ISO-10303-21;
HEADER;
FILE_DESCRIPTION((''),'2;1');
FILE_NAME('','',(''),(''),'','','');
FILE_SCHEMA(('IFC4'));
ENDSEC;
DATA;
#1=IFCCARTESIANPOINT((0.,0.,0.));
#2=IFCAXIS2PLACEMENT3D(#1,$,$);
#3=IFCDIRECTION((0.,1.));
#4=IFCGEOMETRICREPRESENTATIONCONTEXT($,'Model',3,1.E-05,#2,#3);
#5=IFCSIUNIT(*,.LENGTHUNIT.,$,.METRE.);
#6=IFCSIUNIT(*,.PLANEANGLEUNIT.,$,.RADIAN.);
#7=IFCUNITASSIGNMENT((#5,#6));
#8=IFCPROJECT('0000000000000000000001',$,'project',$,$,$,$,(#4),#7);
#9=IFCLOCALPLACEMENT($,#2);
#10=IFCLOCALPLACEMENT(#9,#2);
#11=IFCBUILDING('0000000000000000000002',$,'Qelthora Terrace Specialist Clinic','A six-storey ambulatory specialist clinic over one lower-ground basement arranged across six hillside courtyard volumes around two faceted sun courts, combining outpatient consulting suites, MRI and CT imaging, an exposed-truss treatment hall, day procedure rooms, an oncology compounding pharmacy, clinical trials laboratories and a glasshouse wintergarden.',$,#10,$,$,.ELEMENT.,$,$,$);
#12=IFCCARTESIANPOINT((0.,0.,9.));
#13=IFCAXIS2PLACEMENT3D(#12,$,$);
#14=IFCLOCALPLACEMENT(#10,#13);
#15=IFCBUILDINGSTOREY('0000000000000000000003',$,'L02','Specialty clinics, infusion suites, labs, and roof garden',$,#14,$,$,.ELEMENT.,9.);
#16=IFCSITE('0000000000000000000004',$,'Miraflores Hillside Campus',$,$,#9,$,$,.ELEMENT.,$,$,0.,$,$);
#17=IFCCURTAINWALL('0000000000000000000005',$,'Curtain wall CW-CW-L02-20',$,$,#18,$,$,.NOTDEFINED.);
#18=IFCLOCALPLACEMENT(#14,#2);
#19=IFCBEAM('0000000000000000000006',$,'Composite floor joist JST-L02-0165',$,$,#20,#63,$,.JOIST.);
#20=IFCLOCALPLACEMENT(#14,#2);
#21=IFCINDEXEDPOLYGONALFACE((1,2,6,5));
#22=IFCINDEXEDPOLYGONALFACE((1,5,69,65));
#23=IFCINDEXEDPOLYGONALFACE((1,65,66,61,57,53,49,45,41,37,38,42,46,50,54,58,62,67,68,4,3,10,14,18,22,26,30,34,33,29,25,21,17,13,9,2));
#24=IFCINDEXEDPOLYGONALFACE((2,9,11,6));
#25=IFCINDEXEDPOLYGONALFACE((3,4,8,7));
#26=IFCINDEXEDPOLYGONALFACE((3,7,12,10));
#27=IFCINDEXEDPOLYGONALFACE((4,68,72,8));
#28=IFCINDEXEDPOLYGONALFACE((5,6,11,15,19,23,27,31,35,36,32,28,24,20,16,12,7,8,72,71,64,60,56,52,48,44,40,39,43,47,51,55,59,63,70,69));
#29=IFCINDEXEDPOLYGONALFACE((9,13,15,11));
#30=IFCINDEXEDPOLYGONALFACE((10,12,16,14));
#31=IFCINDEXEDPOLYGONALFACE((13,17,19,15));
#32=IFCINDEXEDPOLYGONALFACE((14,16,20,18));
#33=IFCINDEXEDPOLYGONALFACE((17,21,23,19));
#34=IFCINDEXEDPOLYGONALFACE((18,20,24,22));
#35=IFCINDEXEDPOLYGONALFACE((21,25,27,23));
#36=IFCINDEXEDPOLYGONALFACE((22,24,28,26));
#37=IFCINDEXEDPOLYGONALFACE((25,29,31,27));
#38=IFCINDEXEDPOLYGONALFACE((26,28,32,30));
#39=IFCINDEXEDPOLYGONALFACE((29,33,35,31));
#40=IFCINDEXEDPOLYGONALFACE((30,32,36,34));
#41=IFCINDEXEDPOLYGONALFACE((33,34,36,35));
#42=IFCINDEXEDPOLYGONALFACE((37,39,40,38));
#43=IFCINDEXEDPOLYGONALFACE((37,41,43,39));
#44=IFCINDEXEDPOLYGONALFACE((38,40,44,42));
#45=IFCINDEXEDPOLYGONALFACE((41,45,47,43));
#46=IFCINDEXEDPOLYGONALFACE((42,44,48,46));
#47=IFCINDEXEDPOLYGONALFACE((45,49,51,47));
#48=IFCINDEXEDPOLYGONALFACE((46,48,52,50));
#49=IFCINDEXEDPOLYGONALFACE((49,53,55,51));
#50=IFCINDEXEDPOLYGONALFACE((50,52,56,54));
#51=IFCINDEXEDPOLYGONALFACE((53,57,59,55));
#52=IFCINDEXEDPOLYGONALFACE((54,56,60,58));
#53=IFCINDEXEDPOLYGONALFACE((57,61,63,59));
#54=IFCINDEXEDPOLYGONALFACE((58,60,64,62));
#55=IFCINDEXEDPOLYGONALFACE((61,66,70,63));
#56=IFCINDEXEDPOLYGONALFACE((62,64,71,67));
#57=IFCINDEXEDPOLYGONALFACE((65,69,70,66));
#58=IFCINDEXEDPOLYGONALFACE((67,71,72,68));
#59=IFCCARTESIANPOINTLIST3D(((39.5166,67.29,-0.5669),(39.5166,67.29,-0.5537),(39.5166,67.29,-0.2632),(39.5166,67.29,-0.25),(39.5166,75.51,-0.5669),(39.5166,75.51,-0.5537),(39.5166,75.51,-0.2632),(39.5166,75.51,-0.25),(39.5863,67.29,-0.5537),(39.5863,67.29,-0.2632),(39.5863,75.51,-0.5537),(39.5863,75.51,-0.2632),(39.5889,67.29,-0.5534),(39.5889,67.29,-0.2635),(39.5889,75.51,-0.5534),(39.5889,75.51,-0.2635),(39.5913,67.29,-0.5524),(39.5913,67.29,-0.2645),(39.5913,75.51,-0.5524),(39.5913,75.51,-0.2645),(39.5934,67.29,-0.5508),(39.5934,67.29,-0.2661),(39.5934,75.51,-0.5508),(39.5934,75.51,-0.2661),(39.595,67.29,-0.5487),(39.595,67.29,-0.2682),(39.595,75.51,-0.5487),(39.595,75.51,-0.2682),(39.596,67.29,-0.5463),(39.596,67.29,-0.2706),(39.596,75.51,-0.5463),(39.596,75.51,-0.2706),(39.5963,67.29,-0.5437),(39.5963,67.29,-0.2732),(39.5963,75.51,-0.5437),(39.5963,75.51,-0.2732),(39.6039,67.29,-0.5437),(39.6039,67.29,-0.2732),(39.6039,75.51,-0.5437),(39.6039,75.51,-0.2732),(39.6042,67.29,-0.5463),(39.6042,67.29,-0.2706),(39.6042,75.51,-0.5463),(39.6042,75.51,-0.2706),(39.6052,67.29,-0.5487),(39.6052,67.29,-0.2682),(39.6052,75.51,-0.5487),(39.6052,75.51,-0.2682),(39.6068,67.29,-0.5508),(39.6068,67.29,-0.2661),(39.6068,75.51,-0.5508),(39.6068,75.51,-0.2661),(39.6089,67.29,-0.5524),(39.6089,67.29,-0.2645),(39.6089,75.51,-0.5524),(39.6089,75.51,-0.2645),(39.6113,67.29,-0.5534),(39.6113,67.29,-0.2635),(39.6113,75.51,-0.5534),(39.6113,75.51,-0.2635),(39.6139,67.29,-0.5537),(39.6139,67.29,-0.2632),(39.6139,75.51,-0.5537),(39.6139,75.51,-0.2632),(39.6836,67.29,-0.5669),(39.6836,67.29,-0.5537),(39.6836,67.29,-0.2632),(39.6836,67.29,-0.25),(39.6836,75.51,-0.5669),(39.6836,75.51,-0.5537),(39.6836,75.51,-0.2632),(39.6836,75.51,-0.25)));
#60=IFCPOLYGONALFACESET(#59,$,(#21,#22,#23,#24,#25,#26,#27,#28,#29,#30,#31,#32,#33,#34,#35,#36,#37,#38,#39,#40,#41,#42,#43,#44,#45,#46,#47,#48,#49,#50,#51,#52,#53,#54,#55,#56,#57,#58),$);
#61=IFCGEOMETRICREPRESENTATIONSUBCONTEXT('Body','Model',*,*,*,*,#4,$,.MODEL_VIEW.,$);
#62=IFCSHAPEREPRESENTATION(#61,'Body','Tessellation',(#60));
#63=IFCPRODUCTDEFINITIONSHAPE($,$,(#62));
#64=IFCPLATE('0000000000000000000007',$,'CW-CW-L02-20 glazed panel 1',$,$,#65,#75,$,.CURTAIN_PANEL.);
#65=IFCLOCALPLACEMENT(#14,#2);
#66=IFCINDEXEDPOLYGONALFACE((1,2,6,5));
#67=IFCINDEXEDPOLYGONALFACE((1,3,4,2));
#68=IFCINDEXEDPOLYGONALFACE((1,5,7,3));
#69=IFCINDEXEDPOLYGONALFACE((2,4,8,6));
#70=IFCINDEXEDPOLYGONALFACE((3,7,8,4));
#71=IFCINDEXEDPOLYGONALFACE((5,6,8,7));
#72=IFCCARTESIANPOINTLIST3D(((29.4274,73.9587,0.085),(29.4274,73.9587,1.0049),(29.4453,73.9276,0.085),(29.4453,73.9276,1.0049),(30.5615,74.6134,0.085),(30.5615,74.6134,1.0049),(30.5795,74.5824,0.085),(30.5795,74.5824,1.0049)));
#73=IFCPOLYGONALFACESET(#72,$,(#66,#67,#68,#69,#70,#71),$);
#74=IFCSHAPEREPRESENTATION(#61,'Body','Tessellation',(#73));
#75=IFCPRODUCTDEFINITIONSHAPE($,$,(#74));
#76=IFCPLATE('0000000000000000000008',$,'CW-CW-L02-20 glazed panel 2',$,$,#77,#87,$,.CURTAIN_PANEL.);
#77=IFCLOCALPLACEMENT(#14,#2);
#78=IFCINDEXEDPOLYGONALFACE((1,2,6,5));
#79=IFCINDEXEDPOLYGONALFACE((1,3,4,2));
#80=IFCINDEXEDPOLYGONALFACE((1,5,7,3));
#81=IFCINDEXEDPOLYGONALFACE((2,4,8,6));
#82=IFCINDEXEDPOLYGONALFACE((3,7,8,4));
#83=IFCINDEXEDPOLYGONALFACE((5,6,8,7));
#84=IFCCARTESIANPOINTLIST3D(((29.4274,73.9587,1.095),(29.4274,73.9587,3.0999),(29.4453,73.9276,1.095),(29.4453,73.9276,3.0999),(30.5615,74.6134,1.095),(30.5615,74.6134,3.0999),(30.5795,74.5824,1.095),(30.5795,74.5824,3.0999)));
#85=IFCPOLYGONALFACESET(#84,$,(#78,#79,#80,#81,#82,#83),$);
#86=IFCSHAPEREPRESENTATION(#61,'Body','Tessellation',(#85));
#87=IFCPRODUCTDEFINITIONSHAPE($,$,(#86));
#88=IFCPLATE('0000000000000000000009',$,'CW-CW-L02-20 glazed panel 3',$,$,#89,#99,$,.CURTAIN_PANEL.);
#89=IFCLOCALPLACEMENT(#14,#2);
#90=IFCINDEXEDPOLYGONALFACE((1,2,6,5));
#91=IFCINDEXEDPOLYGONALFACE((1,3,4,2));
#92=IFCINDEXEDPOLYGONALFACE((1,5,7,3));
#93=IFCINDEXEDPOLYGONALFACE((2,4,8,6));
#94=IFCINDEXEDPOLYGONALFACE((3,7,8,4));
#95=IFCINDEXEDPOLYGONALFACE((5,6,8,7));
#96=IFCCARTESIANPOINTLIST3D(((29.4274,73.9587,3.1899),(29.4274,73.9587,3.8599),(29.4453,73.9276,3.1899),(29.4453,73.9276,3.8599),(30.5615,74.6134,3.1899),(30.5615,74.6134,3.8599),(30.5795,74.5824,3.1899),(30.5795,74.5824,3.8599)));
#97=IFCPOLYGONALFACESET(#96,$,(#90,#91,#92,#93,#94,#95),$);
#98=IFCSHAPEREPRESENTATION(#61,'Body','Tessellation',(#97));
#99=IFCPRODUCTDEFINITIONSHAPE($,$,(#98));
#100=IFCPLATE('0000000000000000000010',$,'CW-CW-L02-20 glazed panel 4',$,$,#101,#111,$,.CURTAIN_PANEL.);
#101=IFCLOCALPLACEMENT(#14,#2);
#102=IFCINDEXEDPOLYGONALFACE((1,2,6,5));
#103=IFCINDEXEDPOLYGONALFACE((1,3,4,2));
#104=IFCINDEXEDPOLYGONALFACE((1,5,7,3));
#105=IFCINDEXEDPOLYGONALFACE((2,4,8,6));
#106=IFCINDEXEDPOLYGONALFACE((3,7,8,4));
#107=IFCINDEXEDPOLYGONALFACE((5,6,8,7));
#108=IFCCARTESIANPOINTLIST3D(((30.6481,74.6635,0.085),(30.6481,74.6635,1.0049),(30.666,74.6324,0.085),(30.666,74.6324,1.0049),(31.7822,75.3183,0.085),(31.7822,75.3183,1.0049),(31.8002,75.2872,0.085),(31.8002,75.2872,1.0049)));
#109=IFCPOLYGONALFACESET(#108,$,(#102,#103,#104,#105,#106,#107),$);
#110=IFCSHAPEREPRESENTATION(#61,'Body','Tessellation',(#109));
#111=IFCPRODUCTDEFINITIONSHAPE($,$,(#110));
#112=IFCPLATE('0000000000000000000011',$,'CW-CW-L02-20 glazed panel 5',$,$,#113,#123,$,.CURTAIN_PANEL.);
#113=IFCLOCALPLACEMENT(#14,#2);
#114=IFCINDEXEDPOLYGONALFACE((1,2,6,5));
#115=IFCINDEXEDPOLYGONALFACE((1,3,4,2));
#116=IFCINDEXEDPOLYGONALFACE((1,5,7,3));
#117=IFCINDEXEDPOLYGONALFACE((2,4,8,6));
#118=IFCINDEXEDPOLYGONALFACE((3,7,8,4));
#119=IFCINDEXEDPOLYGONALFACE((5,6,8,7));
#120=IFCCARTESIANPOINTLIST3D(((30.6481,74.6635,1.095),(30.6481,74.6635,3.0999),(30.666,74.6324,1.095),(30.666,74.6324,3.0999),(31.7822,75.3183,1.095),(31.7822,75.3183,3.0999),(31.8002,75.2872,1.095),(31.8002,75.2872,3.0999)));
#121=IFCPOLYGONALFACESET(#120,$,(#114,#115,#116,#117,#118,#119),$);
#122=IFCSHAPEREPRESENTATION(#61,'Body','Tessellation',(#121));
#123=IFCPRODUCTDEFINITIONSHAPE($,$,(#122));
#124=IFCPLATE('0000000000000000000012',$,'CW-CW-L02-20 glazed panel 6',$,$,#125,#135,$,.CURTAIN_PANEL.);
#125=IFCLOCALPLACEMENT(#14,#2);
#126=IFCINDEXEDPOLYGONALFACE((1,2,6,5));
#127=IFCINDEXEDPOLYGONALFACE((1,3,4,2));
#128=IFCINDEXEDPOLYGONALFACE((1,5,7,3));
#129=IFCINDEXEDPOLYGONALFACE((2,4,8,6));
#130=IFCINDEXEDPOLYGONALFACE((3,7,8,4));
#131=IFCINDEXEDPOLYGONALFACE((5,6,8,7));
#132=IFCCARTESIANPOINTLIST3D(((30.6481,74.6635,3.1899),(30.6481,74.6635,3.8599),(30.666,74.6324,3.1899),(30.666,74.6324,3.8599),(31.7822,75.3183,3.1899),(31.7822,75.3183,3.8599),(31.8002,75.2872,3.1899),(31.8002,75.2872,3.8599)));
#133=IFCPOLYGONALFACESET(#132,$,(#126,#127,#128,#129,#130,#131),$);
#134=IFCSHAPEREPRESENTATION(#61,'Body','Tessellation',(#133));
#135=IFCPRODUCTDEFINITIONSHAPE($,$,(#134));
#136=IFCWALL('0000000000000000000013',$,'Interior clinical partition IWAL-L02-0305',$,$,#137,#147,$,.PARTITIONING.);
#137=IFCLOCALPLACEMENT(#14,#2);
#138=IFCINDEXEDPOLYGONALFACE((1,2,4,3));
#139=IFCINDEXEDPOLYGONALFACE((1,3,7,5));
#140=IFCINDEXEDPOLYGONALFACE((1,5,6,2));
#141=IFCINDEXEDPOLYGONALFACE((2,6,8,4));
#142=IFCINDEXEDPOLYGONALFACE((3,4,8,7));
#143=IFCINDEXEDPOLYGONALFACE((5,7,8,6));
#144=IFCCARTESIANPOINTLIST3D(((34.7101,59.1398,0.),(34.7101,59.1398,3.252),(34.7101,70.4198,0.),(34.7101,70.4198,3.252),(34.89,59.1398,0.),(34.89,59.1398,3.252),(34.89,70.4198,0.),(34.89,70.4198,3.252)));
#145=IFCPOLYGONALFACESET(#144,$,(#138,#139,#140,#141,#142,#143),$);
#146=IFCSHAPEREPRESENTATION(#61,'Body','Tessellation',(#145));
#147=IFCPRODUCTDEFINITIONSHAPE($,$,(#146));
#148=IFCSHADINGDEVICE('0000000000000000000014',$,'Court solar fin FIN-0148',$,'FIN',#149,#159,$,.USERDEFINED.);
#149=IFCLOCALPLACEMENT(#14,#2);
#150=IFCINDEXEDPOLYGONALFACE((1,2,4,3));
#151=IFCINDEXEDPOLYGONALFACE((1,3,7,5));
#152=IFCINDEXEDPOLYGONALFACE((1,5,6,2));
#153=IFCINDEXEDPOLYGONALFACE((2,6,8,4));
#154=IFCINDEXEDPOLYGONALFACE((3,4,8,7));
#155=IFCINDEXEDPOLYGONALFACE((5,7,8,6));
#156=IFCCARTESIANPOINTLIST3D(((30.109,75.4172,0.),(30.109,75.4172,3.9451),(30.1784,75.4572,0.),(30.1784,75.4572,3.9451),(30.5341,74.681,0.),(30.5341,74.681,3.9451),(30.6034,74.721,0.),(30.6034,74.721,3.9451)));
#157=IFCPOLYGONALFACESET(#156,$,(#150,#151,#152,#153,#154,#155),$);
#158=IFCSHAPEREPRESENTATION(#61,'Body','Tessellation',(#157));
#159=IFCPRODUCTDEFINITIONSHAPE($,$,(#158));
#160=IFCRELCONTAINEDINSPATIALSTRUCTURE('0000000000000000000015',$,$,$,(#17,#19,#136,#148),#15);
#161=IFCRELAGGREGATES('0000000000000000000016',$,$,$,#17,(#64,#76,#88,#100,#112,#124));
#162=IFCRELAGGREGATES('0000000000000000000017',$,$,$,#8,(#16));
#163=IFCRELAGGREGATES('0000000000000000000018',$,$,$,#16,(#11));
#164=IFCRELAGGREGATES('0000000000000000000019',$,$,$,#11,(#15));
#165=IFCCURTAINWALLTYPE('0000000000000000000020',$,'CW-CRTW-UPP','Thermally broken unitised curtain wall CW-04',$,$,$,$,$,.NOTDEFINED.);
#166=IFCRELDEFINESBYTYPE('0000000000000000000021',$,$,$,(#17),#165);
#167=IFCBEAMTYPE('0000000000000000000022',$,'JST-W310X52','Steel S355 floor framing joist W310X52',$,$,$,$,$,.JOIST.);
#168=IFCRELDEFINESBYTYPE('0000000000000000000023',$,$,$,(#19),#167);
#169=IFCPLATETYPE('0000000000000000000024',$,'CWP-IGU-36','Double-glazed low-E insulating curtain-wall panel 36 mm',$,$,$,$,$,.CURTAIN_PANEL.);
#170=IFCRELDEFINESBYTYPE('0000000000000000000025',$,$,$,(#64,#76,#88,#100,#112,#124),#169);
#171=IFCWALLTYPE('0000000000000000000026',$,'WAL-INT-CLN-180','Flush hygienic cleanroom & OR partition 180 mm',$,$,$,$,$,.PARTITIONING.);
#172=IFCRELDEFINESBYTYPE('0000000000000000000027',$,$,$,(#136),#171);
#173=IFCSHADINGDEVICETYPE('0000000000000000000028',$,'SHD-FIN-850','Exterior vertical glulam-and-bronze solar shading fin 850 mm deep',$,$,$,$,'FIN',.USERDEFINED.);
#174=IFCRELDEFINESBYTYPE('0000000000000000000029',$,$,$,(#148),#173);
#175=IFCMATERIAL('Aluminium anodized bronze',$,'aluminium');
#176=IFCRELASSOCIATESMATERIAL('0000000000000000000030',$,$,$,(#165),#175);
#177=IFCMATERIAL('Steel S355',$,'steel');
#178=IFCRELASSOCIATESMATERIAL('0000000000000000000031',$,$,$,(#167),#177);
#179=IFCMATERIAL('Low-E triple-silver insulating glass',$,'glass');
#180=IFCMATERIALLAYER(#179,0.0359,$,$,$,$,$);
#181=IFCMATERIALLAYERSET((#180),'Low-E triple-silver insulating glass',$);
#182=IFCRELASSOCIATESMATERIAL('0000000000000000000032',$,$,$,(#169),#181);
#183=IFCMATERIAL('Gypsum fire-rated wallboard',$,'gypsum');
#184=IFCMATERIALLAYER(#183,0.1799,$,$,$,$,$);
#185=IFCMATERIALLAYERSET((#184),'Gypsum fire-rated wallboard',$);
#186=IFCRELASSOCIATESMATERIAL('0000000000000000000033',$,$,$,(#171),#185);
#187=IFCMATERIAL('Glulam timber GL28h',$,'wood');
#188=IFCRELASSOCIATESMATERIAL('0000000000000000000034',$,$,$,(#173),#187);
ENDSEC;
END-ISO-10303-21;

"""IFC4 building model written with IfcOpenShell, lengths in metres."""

from ifc_helpers import new_model, si_unit, direction, frame, frame_2d, origin, origin_2d, place, context, subcontext, project, spatial, rectangle, i_section, extrude, material, layer, layer_set, material_profile, profile_set, type_object, element, aggregate, save


model = new_model("IFC4")

# Units and contexts
model_context = context("Model", 3, precision=1e-05, world=origin(), true_north=direction((0.0, 1.0)))
body_context = subcontext(model_context, "Body", "Model", "MODEL_VIEW")
ifc_project = project(units=[si_unit("LENGTHUNIT", "METRE"), si_unit("PLANEANGLEUNIT", "RADIAN")], contexts=[model_context])

# Site, building, storey
site_placement = place(None, origin())
site = spatial("IfcSite", under=ifc_project, at=site_placement, Name="Miraflores Hillside Campus", CompositionType="ELEMENT", RefElevation=0.0)
building_placement = place(site_placement, origin())
building = spatial("IfcBuilding", under=site, at=building_placement, Name="Qelthora Terrace Specialist Clinic", Description="A six-storey ambulatory specialist clinic over one lower-ground basement arranged across six hillside courtyard volumes around two faceted sun courts, combining outpatient consulting suites, MRI and CT imaging, an exposed-truss treatment hall, day procedure rooms, an oncology compounding pharmacy, clinical trials laboratories and a glasshouse wintergarden.", CompositionType="ELEMENT")
storey_placement = place(building_placement, frame((0.0, 0.0, 9.0)))
storey = spatial("IfcBuildingStorey", under=building, at=storey_placement, Name="L02", Description="Specialty clinics, infusion suites, labs, and roof garden", CompositionType="ELEMENT", Elevation=9.0)

# Shared definitions
ifc_material_1 = material(Name="Aluminium anodized bronze", Category="aluminium")
curtain_wall_type = type_object("IfcCurtainWallType", Name="CW-CRTW-UPP", Description="Thermally broken unitised curtain wall CW-04", PredefinedType="NOTDEFINED", material=ifc_material_1)

# Curtain wall
curtain_wall_1_placement = place(storey_placement, origin())
curtain_wall_1 = element("IfcCurtainWall", 1, at=curtain_wall_1_placement, inside=storey, type_object=curtain_wall_type, Name="Curtain wall CW-CW-L02-20", PredefinedType="NOTDEFINED")

# Beam
ifc_material_2 = material(Name="Steel S355", Category="steel")
ifc_material_profile_1 = material_profile(ifc_material_2, i_section(OverallWidth=0.167, OverallDepth=0.3169, WebThickness=0.0076, FlangeThickness=0.0132, FilletRadius=0.01, at=origin_2d()), Name="W310X52")
ifc_profile_set_1 = profile_set([ifc_material_profile_1], Name="Steel S355")
beam_type = type_object("IfcBeamType", Name="JST-W310X52", Description="Steel S355 floor framing joist W310X52", PredefinedType="JOIST", material=ifc_profile_set_1)
beam_placement = place(storey_placement, frame((39.6001, 67.29, -0.4084), z_axis=(0.0, 1.0, 0.0), x_axis=(-1.0, 0.0, 0.0)))
element("IfcBeam", 2, at=beam_placement, inside=storey, type_object=beam_type, Name="Composite floor joist JST-L02-0165", PredefinedType="JOIST", context=body_context, shape_type="SweptSolid", body=[
    extrude(i_section(OverallWidth=0.167, OverallDepth=0.3169, WebThickness=0.0076, FlangeThickness=0.0132, FilletRadius=0.01, at=origin_2d()), origin(), (0.0, 0.0, 1.0), 8.22),
])

# Plates
ifc_material_3 = material(Name="Low-E triple-silver insulating glass", Category="glass")
ifc_layer_1 = layer(ifc_material_3, 0.0359)
ifc_layer_set_1 = layer_set([ifc_layer_1], Name="Low-E triple-silver insulating glass")
plate_type = type_object("IfcPlateType", Name="CWP-IGU-36", Description="Double-glazed low-E insulating curtain-wall panel 36 mm", PredefinedType="CURTAIN_PANEL", material=ifc_layer_set_1)
plate_1_placement = place(storey_placement, frame((30.0034, 74.2705, 0.085), z_axis=(0.0, 0.0, 1.0), x_axis=(0.866025, 0.5, 0.0)))
plate_1 = element("IfcPlate", 3, at=plate_1_placement, type_object=plate_type, Name="CW-CW-L02-20 glazed panel 1", PredefinedType="CURTAIN_PANEL", context=body_context, shape_type="SweptSolid", body=[
    extrude(rectangle(XDim=1.3096, YDim=0.0359, at=origin_2d()), origin(), (0.0, 0.0, 1.0), 0.9199),
])
plate_2_placement = place(storey_placement, frame((30.0034, 74.2705, 1.095), z_axis=(0.0, 0.0, 1.0), x_axis=(0.866025, 0.5, 0.0)))
plate_2 = element("IfcPlate", 4, at=plate_2_placement, type_object=plate_type, Name="CW-CW-L02-20 glazed panel 2", PredefinedType="CURTAIN_PANEL", context=body_context, shape_type="SweptSolid", body=[
    extrude(rectangle(XDim=1.3096, YDim=0.0359, at=origin_2d()), origin(), (0.0, 0.0, 1.0), 2.0049),
])
plate_3_placement = place(storey_placement, frame((30.0034, 74.2705, 3.1899), z_axis=(0.0, 0.0, 1.0), x_axis=(0.866025, 0.5, 0.0)))
plate_3 = element("IfcPlate", 5, at=plate_3_placement, type_object=plate_type, Name="CW-CW-L02-20 glazed panel 3", PredefinedType="CURTAIN_PANEL", context=body_context, shape_type="SweptSolid", body=[
    extrude(rectangle(XDim=1.3096, YDim=0.0359, at=origin_2d()), origin(), (0.0, 0.0, 1.0), 0.6699),
])
plate_4_placement = place(storey_placement, frame((31.2241, 74.9753, 0.085), z_axis=(0.0, 0.0, 1.0), x_axis=(0.866025, 0.5, 0.0)))
plate_4 = element("IfcPlate", 6, at=plate_4_placement, type_object=plate_type, Name="CW-CW-L02-20 glazed panel 4", PredefinedType="CURTAIN_PANEL", context=body_context, shape_type="SweptSolid", body=[
    extrude(rectangle(XDim=1.3096, YDim=0.0359, at=origin_2d()), origin(), (0.0, 0.0, 1.0), 0.9199),
])
plate_5_placement = place(storey_placement, frame((31.2241, 74.9753, 1.095), z_axis=(0.0, 0.0, 1.0), x_axis=(0.866025, 0.5, 0.0)))
plate_5 = element("IfcPlate", 7, at=plate_5_placement, type_object=plate_type, Name="CW-CW-L02-20 glazed panel 5", PredefinedType="CURTAIN_PANEL", context=body_context, shape_type="SweptSolid", body=[
    extrude(rectangle(XDim=1.3096, YDim=0.0359, at=origin_2d()), origin(), (0.0, 0.0, 1.0), 2.0049),
])
plate_6_placement = place(storey_placement, frame((31.2241, 74.9753, 3.1899), z_axis=(0.0, 0.0, 1.0), x_axis=(0.866025, 0.5, 0.0)))
plate_6 = element("IfcPlate", 8, at=plate_6_placement, type_object=plate_type, Name="CW-CW-L02-20 glazed panel 6", PredefinedType="CURTAIN_PANEL", context=body_context, shape_type="SweptSolid", body=[
    extrude(rectangle(XDim=1.3096, YDim=0.0359, at=origin_2d()), origin(), (0.0, 0.0, 1.0), 0.6699),
])
aggregate(curtain_wall_1, [plate_1, plate_2, plate_3, plate_4, plate_5, plate_6])

# Wall
ifc_material_4 = material(Name="Gypsum fire-rated wallboard", Category="gypsum")
ifc_layer_2 = layer(ifc_material_4, 0.1799)
ifc_layer_set_2 = layer_set([ifc_layer_2], Name="Gypsum fire-rated wallboard")
wall_type = type_object("IfcWallType", Name="WAL-INT-CLN-180", Description="Flush hygienic cleanroom & OR partition 180 mm", PredefinedType="PARTITIONING", material=ifc_layer_set_2)
wall_placement = place(storey_placement, frame((34.8, 70.4199, 0.0), z_axis=(0.0, 0.0, 1.0), x_axis=(0.0, -1.0, 0.0)))
element("IfcWall", 9, at=wall_placement, inside=storey, type_object=wall_type, Name="Interior clinical partition IWAL-L02-0305", PredefinedType="PARTITIONING", context=body_context, shape_type="SweptSolid", body=[
    extrude(rectangle(XDim=11.28, YDim=0.1799, at=frame_2d((5.6401, 0.0))), origin(), (0.0, 0.0, 1.0), 3.252),
])

# Shading device
ifc_material_5 = material(Name="Glulam timber GL28h", Category="wood")
shading_device_type = type_object("IfcShadingDeviceType", Name="SHD-FIN-850", Description="Exterior vertical glulam-and-bronze solar shading fin 850 mm deep", ElementType="FIN", PredefinedType="USERDEFINED", material=ifc_material_5)
shading_device_placement = place(storey_placement, frame((30.3562, 75.0691, 0.0), z_axis=(0.0, 0.0, 1.0), x_axis=(-0.5, 0.866025, 0.0)))
element("IfcShadingDevice", 10, at=shading_device_placement, inside=storey, type_object=shading_device_type, Name="Court solar fin FIN-0148", ObjectType="FIN", PredefinedType="USERDEFINED", context=body_context, shape_type="SweptSolid", body=[
    extrude(rectangle(XDim=0.8501, YDim=0.0801, at=origin_2d()), origin(), (0.0, 0.0, 1.0), 3.9451),
])

save(model, "model.ifc")
